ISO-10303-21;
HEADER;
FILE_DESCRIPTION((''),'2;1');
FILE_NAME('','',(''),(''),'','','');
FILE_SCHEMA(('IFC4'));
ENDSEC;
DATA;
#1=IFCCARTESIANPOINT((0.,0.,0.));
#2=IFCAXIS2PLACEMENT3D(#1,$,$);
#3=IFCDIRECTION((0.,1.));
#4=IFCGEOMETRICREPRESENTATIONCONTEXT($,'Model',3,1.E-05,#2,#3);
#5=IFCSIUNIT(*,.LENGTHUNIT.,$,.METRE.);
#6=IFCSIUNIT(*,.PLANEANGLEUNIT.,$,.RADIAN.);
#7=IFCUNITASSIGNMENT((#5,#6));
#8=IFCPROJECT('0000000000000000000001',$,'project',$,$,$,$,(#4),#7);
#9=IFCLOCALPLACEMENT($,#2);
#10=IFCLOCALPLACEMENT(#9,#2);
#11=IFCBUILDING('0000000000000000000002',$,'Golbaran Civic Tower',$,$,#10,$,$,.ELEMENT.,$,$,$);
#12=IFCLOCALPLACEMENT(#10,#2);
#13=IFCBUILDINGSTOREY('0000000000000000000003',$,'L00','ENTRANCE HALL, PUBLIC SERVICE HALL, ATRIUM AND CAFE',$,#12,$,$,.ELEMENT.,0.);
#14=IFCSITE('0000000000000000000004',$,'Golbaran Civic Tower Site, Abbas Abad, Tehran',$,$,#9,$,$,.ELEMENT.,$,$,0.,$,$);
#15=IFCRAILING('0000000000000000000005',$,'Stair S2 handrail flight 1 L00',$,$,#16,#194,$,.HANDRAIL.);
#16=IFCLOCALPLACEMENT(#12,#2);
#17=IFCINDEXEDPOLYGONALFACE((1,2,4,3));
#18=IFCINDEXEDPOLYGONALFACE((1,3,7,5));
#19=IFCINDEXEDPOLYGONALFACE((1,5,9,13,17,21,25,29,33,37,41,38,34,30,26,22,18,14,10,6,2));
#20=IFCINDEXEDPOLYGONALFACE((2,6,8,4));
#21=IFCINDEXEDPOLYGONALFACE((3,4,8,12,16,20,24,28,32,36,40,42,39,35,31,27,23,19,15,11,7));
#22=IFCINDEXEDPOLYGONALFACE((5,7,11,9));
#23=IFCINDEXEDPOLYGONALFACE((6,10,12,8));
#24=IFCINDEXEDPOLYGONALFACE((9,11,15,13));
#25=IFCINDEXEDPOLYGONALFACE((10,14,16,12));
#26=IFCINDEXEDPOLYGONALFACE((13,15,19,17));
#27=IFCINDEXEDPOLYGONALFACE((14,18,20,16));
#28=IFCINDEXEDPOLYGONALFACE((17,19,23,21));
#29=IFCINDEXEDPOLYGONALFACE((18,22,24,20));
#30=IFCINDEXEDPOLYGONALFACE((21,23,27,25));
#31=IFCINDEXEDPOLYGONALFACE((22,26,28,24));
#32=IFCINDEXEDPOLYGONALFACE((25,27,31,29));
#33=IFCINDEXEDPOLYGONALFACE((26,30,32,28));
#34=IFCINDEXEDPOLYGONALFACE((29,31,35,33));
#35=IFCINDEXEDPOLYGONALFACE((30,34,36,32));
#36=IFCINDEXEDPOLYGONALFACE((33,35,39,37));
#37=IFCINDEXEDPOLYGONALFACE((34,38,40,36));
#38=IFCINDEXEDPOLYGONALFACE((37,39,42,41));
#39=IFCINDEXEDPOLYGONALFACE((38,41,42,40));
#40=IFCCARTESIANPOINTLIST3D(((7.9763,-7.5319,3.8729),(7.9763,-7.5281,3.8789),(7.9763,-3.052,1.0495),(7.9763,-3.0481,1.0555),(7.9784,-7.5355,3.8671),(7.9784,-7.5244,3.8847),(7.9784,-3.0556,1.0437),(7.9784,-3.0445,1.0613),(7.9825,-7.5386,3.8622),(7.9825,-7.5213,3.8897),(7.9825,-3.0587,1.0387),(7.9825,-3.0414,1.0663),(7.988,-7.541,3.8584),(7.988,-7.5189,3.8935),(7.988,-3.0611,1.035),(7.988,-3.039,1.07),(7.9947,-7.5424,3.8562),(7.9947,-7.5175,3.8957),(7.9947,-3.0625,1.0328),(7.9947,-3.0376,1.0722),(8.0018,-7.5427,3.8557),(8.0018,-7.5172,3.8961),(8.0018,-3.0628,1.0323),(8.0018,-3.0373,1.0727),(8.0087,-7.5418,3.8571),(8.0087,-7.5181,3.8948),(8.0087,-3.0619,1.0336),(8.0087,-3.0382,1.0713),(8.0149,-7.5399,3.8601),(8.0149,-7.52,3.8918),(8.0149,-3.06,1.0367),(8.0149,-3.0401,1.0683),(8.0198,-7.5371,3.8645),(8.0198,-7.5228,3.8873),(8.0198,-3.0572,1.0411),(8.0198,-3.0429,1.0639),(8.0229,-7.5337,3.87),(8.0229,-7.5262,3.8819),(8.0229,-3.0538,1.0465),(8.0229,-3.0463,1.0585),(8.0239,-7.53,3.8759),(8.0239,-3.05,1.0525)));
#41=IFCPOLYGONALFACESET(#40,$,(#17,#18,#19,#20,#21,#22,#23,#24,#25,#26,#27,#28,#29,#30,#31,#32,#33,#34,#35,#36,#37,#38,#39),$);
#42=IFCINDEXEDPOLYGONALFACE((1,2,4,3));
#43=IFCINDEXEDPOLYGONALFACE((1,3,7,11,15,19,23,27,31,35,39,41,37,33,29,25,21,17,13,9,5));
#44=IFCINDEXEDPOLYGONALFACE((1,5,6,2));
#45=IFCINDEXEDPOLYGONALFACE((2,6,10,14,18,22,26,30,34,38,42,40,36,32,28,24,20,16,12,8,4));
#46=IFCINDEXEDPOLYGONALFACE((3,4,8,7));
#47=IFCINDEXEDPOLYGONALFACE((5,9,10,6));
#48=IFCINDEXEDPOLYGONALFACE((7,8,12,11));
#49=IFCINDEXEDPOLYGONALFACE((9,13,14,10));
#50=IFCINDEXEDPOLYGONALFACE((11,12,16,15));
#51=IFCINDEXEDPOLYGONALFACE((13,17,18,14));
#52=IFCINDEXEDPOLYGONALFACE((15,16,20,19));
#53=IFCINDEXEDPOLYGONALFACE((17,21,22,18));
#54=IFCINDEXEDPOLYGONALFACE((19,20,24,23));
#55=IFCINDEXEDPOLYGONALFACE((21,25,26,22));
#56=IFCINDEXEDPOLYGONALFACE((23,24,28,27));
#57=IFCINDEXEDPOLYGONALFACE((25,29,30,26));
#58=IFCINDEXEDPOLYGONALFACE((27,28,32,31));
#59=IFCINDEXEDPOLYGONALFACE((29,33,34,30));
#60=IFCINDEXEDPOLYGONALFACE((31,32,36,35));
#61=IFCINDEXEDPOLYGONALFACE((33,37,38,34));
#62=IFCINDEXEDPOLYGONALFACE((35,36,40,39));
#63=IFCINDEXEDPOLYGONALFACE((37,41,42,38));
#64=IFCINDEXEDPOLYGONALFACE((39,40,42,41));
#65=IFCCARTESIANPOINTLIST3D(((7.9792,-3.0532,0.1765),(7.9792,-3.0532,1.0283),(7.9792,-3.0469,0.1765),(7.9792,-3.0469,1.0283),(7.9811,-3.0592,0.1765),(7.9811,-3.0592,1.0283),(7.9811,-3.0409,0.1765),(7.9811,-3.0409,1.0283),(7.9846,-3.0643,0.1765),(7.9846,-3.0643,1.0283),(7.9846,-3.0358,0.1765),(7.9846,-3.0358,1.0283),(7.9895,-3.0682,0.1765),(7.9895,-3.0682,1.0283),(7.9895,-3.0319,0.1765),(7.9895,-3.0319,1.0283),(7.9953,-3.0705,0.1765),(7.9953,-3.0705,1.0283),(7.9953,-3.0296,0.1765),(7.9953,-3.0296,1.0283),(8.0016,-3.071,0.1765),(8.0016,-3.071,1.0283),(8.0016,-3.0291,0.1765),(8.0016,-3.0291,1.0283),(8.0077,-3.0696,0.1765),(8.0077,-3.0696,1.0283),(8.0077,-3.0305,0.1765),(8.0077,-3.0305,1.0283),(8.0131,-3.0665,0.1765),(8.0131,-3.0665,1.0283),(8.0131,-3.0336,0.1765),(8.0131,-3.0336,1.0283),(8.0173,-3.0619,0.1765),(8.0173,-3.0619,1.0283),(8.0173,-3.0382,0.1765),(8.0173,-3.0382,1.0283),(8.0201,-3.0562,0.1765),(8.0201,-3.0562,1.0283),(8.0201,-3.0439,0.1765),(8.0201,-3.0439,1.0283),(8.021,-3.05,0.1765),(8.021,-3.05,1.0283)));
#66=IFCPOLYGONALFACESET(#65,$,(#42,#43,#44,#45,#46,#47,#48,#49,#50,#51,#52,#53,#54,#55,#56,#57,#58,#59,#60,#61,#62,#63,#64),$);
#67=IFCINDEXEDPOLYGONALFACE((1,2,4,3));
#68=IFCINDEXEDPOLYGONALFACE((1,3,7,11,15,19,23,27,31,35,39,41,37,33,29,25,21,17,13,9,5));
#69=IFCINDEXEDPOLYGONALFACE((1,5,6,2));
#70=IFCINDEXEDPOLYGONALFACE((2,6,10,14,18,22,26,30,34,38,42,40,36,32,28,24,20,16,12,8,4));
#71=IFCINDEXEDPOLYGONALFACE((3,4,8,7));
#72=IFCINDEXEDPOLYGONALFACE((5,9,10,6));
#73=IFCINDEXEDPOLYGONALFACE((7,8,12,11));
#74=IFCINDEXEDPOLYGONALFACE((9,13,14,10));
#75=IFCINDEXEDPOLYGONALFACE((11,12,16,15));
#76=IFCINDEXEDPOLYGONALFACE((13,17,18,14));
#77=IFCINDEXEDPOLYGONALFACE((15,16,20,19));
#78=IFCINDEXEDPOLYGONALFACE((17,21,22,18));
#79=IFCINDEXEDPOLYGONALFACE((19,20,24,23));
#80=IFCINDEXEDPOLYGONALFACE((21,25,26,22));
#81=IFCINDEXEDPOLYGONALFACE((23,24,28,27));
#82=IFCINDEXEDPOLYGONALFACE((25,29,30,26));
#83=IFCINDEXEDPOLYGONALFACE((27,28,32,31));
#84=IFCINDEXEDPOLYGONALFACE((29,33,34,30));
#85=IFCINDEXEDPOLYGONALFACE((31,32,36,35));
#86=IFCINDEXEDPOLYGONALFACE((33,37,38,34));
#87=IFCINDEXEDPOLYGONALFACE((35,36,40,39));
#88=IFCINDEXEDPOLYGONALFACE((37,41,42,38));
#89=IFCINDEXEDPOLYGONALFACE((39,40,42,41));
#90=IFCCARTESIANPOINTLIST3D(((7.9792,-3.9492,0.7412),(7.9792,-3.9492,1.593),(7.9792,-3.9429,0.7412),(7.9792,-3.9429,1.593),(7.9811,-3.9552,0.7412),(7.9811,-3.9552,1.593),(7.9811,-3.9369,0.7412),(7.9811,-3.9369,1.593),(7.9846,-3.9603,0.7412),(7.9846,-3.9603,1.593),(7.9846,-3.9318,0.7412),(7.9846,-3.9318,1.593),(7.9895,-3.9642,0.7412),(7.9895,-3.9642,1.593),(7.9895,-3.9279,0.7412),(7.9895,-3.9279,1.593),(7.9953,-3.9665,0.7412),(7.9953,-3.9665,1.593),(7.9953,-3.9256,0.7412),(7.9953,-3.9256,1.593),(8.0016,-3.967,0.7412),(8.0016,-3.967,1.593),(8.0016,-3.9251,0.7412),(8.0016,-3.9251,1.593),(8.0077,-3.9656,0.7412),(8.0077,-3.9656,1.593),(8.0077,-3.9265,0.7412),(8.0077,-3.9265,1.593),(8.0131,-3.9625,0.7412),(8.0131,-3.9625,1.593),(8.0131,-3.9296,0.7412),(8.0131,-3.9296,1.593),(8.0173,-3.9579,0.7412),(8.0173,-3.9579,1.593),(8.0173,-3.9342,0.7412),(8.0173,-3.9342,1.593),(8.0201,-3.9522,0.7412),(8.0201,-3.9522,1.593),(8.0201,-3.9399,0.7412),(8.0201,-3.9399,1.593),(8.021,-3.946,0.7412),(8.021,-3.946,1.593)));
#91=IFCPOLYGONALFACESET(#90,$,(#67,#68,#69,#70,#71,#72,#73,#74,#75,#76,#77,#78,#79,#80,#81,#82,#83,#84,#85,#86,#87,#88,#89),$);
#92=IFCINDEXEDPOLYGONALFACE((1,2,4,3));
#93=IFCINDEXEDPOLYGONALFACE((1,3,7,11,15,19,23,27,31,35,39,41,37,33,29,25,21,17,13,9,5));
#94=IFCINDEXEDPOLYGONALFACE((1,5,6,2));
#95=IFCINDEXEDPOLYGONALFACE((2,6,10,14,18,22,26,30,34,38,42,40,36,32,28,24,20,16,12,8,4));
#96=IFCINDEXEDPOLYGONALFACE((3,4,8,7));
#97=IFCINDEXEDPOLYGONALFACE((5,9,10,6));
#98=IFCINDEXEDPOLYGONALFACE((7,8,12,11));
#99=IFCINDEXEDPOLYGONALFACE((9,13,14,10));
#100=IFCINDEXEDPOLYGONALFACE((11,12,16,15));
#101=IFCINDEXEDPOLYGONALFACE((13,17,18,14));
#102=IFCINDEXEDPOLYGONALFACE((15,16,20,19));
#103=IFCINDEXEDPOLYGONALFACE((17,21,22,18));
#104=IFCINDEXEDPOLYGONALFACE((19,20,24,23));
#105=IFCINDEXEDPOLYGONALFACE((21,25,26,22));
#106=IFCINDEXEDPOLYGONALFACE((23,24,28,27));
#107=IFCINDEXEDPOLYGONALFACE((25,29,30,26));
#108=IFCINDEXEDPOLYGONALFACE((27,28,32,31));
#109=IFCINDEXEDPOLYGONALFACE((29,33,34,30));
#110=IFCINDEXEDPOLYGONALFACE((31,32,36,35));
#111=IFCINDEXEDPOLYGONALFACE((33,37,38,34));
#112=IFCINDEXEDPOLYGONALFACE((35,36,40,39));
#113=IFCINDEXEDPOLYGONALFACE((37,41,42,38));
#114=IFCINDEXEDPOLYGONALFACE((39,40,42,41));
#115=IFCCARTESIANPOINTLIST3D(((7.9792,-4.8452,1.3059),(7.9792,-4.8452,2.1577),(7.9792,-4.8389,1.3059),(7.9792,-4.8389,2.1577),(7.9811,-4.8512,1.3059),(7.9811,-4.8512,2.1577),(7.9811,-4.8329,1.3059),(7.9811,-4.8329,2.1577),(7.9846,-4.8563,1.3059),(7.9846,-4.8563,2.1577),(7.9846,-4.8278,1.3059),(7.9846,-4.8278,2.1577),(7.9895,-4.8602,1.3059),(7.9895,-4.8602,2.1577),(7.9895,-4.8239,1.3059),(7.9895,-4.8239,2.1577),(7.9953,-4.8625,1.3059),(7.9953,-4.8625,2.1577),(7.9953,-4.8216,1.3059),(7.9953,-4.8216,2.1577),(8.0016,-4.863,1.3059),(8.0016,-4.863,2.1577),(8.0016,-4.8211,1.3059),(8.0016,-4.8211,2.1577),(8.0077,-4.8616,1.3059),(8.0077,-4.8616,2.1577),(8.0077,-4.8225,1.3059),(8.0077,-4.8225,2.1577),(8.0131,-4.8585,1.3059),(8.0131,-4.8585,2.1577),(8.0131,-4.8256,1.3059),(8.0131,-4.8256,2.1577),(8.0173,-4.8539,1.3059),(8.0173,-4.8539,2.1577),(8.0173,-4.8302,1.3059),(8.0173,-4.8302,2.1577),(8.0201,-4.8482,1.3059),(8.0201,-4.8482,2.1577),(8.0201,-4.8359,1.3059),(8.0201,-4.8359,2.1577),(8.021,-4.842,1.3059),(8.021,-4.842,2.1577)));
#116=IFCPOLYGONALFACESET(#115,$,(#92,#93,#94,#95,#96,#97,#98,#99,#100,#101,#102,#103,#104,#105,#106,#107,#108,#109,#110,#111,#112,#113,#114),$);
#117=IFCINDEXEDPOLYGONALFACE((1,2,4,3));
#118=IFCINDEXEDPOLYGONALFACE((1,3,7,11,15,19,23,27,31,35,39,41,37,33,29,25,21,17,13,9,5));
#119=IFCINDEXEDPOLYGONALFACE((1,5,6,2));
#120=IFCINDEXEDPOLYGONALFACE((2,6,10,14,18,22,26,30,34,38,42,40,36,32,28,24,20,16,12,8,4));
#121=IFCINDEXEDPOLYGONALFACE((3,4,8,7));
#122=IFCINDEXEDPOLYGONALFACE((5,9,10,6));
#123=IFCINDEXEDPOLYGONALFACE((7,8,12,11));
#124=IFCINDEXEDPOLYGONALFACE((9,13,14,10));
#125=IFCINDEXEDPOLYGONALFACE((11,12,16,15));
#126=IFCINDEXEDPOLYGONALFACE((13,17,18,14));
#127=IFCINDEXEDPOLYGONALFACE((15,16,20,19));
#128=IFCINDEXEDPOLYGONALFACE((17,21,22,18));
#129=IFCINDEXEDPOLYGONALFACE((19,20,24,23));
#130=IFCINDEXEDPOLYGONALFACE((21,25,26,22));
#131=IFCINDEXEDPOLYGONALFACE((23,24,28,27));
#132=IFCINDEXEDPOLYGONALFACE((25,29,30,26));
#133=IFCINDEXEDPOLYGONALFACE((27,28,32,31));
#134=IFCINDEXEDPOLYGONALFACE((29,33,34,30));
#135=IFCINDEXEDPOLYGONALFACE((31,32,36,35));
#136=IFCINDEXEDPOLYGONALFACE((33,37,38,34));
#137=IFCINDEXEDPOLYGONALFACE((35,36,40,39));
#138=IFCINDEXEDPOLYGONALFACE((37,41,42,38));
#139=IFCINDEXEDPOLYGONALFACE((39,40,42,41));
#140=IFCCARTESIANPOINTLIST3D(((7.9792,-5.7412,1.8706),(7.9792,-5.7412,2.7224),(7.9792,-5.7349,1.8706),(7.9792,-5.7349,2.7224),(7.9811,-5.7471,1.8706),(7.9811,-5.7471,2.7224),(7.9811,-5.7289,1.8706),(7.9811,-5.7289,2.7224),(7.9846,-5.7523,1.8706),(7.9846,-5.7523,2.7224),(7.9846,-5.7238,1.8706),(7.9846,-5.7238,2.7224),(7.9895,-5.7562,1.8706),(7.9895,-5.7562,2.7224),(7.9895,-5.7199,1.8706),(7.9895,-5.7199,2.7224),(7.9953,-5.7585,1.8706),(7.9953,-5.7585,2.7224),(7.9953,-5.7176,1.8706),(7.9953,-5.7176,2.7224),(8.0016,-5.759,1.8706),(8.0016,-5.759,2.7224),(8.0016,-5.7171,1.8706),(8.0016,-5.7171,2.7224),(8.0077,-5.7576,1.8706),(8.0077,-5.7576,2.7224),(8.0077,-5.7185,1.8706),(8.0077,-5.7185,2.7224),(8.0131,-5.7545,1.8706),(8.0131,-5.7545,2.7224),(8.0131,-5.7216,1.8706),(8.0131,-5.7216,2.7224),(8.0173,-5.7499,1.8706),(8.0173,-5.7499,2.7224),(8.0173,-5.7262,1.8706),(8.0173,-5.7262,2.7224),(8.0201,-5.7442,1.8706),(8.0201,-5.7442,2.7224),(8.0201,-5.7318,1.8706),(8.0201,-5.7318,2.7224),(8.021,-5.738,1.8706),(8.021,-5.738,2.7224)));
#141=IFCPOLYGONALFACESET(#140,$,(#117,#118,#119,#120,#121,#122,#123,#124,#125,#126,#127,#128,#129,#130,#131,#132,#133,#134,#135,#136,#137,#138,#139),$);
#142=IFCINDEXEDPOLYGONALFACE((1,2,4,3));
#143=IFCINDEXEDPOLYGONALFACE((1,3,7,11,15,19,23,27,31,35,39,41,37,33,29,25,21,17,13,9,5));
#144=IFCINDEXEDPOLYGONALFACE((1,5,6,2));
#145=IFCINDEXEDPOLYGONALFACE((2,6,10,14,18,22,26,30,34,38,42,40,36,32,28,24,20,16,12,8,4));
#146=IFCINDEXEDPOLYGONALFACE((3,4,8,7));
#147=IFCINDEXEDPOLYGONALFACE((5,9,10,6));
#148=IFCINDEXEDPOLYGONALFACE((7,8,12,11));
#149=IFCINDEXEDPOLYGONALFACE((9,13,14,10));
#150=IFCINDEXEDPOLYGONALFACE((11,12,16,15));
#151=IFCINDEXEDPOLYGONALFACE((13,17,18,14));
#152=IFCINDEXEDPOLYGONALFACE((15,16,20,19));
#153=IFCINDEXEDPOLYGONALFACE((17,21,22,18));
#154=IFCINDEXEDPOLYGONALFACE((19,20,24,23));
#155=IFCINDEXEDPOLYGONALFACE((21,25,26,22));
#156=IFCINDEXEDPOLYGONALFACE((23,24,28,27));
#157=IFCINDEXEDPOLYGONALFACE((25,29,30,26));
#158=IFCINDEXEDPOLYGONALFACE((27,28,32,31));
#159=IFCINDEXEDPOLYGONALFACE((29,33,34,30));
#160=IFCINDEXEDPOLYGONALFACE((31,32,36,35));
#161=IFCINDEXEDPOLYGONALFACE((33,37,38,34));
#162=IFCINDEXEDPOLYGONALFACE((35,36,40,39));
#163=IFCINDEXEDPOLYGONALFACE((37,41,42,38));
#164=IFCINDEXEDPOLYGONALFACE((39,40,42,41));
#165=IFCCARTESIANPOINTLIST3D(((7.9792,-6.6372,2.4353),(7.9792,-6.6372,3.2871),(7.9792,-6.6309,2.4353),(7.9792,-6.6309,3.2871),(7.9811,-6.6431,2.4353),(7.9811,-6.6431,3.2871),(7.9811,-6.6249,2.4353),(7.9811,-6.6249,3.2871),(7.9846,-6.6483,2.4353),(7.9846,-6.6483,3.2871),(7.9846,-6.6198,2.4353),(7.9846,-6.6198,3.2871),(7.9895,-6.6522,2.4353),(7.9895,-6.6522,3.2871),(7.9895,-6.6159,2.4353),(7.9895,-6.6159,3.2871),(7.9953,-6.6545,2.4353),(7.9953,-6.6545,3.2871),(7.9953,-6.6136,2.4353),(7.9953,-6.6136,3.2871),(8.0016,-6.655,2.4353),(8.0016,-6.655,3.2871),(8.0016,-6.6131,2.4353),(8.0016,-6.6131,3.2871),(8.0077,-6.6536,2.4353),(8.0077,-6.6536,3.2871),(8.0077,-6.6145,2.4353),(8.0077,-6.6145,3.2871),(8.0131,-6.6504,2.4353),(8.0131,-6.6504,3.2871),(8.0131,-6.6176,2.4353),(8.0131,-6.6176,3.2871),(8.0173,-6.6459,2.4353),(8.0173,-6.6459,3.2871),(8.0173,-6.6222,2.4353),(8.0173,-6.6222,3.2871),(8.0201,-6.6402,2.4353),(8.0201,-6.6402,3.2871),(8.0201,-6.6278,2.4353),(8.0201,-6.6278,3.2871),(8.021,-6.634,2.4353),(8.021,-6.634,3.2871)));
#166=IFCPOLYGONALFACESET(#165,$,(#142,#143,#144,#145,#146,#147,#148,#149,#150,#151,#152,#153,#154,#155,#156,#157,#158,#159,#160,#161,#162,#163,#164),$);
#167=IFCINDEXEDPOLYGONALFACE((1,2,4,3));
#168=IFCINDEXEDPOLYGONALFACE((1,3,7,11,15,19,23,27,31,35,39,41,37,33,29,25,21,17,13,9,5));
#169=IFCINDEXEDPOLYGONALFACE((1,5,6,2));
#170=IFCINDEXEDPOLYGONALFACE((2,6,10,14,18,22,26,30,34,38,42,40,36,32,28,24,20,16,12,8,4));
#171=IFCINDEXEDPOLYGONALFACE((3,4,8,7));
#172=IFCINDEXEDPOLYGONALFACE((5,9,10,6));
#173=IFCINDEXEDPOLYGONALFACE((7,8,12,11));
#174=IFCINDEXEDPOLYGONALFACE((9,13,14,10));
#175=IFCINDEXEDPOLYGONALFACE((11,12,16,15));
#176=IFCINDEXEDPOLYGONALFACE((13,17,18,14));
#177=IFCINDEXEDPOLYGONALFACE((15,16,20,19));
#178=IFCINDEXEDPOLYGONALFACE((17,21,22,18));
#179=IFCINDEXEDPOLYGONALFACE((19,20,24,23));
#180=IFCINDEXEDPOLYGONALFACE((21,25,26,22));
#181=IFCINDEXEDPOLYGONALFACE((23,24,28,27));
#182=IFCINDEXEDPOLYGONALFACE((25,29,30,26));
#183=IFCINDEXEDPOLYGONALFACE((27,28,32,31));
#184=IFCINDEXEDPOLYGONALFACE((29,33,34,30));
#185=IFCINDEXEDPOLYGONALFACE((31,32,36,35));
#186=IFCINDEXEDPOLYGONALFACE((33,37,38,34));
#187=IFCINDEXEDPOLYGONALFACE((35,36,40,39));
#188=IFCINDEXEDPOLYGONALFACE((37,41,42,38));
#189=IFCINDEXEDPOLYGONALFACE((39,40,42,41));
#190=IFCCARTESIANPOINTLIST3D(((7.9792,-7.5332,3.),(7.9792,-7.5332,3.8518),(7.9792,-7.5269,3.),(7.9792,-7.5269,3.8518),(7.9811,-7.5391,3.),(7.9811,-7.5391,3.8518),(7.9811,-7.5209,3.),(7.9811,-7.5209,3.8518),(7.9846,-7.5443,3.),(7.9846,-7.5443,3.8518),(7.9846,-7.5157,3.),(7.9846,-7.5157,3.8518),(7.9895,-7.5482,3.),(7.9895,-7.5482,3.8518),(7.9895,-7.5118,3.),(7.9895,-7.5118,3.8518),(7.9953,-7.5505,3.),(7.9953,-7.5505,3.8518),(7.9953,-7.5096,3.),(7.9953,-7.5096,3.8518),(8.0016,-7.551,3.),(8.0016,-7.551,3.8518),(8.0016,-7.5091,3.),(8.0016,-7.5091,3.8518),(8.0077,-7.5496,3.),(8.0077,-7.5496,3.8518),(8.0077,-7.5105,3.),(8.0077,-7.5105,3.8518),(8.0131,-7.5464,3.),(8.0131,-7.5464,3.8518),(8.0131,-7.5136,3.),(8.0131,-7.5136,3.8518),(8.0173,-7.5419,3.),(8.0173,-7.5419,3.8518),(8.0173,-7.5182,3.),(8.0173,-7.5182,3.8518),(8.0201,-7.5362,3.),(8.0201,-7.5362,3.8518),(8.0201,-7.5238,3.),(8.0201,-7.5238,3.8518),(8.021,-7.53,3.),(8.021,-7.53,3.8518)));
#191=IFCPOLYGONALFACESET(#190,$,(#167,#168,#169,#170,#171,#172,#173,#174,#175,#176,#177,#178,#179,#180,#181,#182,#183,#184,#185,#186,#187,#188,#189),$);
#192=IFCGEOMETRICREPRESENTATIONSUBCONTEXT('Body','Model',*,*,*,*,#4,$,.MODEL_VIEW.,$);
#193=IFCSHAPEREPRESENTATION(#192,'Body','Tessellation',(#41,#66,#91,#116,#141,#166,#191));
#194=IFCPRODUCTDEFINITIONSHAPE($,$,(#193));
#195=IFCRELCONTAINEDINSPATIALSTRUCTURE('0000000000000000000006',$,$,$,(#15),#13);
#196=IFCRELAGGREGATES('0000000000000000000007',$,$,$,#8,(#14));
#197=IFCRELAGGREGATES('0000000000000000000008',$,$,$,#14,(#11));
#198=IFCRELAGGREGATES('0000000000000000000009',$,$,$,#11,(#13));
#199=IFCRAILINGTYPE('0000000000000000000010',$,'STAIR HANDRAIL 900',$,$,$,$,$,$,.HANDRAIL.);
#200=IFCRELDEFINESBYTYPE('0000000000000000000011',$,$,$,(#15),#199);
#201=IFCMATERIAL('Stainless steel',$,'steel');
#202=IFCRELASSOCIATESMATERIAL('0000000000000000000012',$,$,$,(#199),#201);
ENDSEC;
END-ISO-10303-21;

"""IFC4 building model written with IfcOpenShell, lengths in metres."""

from ifc_helpers import new_model, si_unit, direction, frame, origin, origin_2d, place, context, subcontext, project, spatial, circle, extrude, material, type_object, element, save


model = new_model("IFC4")

# Units and contexts
model_context = context("Model", 3, precision=1e-05, world=origin(), true_north=direction((0.0, 1.0)))
body_context = subcontext(model_context, "Body", "Model", "MODEL_VIEW")
ifc_project = project(units=[si_unit("LENGTHUNIT", "METRE"), si_unit("PLANEANGLEUNIT", "RADIAN")], contexts=[model_context])

# Site, building, storey
site_placement = place(None, origin())
site = spatial("IfcSite", under=ifc_project, at=site_placement, Name="Golbaran Civic Tower Site, Abbas Abad, Tehran", CompositionType="ELEMENT", RefElevation=0.0)
building_placement = place(site_placement, origin())
building = spatial("IfcBuilding", under=site, at=building_placement, Name="Golbaran Civic Tower", CompositionType="ELEMENT")
storey_placement = place(building_placement, origin())
storey = spatial("IfcBuildingStorey", under=building, at=storey_placement, Name="L00", Description="ENTRANCE HALL, PUBLIC SERVICE HALL, ATRIUM AND CAFE", CompositionType="ELEMENT", Elevation=0.0)

# Railing
ifc_material_1 = material(Name="Stainless steel", Category="steel")
railing_type = type_object("IfcRailingType", Name="STAIR HANDRAIL 900", PredefinedType="HANDRAIL", material=ifc_material_1)
railing_1_placement = place(storey_placement, frame((8.0, -3.05, 0.1765)))
element("IfcRailing", 1, at=railing_1_placement, inside=storey, type_object=railing_type, Name="Stair S2 handrail flight 1 L00", PredefinedType="HANDRAIL", context=body_context, shape_type="SweptSolid", body=[
    extrude(circle(Radius=0.0239, at=origin_2d()), frame((0.0, 0.0, 0.876), z_axis=(0.0, -0.845998, 0.533186), x_axis=(1.0, 0.0, 0.0)), (0.0, 0.0, 1.0), 5.2954),
    extrude(circle(Radius=0.021, at=origin_2d()), origin(), (0.0, 0.0, 1.0), 0.8518),
    extrude(circle(Radius=0.021, at=origin_2d()), frame((0.0, -0.896, 0.5647)), (0.0, 0.0, 1.0), 0.8518),
    extrude(circle(Radius=0.021, at=origin_2d()), frame((0.0, -1.792, 1.1294)), (0.0, 0.0, 1.0), 0.8518),
    extrude(circle(Radius=0.021, at=origin_2d()), frame((0.0, -2.688, 1.6941)), (0.0, 0.0, 1.0), 0.8518),
    extrude(circle(Radius=0.021, at=origin_2d()), frame((0.0, -3.584, 2.2588)), (0.0, 0.0, 1.0), 0.8518),
    extrude(circle(Radius=0.021, at=origin_2d()), frame((0.0, -4.48, 2.8235)), (0.0, 0.0, 1.0), 0.8518),
])

save(model, "model.ifc")
